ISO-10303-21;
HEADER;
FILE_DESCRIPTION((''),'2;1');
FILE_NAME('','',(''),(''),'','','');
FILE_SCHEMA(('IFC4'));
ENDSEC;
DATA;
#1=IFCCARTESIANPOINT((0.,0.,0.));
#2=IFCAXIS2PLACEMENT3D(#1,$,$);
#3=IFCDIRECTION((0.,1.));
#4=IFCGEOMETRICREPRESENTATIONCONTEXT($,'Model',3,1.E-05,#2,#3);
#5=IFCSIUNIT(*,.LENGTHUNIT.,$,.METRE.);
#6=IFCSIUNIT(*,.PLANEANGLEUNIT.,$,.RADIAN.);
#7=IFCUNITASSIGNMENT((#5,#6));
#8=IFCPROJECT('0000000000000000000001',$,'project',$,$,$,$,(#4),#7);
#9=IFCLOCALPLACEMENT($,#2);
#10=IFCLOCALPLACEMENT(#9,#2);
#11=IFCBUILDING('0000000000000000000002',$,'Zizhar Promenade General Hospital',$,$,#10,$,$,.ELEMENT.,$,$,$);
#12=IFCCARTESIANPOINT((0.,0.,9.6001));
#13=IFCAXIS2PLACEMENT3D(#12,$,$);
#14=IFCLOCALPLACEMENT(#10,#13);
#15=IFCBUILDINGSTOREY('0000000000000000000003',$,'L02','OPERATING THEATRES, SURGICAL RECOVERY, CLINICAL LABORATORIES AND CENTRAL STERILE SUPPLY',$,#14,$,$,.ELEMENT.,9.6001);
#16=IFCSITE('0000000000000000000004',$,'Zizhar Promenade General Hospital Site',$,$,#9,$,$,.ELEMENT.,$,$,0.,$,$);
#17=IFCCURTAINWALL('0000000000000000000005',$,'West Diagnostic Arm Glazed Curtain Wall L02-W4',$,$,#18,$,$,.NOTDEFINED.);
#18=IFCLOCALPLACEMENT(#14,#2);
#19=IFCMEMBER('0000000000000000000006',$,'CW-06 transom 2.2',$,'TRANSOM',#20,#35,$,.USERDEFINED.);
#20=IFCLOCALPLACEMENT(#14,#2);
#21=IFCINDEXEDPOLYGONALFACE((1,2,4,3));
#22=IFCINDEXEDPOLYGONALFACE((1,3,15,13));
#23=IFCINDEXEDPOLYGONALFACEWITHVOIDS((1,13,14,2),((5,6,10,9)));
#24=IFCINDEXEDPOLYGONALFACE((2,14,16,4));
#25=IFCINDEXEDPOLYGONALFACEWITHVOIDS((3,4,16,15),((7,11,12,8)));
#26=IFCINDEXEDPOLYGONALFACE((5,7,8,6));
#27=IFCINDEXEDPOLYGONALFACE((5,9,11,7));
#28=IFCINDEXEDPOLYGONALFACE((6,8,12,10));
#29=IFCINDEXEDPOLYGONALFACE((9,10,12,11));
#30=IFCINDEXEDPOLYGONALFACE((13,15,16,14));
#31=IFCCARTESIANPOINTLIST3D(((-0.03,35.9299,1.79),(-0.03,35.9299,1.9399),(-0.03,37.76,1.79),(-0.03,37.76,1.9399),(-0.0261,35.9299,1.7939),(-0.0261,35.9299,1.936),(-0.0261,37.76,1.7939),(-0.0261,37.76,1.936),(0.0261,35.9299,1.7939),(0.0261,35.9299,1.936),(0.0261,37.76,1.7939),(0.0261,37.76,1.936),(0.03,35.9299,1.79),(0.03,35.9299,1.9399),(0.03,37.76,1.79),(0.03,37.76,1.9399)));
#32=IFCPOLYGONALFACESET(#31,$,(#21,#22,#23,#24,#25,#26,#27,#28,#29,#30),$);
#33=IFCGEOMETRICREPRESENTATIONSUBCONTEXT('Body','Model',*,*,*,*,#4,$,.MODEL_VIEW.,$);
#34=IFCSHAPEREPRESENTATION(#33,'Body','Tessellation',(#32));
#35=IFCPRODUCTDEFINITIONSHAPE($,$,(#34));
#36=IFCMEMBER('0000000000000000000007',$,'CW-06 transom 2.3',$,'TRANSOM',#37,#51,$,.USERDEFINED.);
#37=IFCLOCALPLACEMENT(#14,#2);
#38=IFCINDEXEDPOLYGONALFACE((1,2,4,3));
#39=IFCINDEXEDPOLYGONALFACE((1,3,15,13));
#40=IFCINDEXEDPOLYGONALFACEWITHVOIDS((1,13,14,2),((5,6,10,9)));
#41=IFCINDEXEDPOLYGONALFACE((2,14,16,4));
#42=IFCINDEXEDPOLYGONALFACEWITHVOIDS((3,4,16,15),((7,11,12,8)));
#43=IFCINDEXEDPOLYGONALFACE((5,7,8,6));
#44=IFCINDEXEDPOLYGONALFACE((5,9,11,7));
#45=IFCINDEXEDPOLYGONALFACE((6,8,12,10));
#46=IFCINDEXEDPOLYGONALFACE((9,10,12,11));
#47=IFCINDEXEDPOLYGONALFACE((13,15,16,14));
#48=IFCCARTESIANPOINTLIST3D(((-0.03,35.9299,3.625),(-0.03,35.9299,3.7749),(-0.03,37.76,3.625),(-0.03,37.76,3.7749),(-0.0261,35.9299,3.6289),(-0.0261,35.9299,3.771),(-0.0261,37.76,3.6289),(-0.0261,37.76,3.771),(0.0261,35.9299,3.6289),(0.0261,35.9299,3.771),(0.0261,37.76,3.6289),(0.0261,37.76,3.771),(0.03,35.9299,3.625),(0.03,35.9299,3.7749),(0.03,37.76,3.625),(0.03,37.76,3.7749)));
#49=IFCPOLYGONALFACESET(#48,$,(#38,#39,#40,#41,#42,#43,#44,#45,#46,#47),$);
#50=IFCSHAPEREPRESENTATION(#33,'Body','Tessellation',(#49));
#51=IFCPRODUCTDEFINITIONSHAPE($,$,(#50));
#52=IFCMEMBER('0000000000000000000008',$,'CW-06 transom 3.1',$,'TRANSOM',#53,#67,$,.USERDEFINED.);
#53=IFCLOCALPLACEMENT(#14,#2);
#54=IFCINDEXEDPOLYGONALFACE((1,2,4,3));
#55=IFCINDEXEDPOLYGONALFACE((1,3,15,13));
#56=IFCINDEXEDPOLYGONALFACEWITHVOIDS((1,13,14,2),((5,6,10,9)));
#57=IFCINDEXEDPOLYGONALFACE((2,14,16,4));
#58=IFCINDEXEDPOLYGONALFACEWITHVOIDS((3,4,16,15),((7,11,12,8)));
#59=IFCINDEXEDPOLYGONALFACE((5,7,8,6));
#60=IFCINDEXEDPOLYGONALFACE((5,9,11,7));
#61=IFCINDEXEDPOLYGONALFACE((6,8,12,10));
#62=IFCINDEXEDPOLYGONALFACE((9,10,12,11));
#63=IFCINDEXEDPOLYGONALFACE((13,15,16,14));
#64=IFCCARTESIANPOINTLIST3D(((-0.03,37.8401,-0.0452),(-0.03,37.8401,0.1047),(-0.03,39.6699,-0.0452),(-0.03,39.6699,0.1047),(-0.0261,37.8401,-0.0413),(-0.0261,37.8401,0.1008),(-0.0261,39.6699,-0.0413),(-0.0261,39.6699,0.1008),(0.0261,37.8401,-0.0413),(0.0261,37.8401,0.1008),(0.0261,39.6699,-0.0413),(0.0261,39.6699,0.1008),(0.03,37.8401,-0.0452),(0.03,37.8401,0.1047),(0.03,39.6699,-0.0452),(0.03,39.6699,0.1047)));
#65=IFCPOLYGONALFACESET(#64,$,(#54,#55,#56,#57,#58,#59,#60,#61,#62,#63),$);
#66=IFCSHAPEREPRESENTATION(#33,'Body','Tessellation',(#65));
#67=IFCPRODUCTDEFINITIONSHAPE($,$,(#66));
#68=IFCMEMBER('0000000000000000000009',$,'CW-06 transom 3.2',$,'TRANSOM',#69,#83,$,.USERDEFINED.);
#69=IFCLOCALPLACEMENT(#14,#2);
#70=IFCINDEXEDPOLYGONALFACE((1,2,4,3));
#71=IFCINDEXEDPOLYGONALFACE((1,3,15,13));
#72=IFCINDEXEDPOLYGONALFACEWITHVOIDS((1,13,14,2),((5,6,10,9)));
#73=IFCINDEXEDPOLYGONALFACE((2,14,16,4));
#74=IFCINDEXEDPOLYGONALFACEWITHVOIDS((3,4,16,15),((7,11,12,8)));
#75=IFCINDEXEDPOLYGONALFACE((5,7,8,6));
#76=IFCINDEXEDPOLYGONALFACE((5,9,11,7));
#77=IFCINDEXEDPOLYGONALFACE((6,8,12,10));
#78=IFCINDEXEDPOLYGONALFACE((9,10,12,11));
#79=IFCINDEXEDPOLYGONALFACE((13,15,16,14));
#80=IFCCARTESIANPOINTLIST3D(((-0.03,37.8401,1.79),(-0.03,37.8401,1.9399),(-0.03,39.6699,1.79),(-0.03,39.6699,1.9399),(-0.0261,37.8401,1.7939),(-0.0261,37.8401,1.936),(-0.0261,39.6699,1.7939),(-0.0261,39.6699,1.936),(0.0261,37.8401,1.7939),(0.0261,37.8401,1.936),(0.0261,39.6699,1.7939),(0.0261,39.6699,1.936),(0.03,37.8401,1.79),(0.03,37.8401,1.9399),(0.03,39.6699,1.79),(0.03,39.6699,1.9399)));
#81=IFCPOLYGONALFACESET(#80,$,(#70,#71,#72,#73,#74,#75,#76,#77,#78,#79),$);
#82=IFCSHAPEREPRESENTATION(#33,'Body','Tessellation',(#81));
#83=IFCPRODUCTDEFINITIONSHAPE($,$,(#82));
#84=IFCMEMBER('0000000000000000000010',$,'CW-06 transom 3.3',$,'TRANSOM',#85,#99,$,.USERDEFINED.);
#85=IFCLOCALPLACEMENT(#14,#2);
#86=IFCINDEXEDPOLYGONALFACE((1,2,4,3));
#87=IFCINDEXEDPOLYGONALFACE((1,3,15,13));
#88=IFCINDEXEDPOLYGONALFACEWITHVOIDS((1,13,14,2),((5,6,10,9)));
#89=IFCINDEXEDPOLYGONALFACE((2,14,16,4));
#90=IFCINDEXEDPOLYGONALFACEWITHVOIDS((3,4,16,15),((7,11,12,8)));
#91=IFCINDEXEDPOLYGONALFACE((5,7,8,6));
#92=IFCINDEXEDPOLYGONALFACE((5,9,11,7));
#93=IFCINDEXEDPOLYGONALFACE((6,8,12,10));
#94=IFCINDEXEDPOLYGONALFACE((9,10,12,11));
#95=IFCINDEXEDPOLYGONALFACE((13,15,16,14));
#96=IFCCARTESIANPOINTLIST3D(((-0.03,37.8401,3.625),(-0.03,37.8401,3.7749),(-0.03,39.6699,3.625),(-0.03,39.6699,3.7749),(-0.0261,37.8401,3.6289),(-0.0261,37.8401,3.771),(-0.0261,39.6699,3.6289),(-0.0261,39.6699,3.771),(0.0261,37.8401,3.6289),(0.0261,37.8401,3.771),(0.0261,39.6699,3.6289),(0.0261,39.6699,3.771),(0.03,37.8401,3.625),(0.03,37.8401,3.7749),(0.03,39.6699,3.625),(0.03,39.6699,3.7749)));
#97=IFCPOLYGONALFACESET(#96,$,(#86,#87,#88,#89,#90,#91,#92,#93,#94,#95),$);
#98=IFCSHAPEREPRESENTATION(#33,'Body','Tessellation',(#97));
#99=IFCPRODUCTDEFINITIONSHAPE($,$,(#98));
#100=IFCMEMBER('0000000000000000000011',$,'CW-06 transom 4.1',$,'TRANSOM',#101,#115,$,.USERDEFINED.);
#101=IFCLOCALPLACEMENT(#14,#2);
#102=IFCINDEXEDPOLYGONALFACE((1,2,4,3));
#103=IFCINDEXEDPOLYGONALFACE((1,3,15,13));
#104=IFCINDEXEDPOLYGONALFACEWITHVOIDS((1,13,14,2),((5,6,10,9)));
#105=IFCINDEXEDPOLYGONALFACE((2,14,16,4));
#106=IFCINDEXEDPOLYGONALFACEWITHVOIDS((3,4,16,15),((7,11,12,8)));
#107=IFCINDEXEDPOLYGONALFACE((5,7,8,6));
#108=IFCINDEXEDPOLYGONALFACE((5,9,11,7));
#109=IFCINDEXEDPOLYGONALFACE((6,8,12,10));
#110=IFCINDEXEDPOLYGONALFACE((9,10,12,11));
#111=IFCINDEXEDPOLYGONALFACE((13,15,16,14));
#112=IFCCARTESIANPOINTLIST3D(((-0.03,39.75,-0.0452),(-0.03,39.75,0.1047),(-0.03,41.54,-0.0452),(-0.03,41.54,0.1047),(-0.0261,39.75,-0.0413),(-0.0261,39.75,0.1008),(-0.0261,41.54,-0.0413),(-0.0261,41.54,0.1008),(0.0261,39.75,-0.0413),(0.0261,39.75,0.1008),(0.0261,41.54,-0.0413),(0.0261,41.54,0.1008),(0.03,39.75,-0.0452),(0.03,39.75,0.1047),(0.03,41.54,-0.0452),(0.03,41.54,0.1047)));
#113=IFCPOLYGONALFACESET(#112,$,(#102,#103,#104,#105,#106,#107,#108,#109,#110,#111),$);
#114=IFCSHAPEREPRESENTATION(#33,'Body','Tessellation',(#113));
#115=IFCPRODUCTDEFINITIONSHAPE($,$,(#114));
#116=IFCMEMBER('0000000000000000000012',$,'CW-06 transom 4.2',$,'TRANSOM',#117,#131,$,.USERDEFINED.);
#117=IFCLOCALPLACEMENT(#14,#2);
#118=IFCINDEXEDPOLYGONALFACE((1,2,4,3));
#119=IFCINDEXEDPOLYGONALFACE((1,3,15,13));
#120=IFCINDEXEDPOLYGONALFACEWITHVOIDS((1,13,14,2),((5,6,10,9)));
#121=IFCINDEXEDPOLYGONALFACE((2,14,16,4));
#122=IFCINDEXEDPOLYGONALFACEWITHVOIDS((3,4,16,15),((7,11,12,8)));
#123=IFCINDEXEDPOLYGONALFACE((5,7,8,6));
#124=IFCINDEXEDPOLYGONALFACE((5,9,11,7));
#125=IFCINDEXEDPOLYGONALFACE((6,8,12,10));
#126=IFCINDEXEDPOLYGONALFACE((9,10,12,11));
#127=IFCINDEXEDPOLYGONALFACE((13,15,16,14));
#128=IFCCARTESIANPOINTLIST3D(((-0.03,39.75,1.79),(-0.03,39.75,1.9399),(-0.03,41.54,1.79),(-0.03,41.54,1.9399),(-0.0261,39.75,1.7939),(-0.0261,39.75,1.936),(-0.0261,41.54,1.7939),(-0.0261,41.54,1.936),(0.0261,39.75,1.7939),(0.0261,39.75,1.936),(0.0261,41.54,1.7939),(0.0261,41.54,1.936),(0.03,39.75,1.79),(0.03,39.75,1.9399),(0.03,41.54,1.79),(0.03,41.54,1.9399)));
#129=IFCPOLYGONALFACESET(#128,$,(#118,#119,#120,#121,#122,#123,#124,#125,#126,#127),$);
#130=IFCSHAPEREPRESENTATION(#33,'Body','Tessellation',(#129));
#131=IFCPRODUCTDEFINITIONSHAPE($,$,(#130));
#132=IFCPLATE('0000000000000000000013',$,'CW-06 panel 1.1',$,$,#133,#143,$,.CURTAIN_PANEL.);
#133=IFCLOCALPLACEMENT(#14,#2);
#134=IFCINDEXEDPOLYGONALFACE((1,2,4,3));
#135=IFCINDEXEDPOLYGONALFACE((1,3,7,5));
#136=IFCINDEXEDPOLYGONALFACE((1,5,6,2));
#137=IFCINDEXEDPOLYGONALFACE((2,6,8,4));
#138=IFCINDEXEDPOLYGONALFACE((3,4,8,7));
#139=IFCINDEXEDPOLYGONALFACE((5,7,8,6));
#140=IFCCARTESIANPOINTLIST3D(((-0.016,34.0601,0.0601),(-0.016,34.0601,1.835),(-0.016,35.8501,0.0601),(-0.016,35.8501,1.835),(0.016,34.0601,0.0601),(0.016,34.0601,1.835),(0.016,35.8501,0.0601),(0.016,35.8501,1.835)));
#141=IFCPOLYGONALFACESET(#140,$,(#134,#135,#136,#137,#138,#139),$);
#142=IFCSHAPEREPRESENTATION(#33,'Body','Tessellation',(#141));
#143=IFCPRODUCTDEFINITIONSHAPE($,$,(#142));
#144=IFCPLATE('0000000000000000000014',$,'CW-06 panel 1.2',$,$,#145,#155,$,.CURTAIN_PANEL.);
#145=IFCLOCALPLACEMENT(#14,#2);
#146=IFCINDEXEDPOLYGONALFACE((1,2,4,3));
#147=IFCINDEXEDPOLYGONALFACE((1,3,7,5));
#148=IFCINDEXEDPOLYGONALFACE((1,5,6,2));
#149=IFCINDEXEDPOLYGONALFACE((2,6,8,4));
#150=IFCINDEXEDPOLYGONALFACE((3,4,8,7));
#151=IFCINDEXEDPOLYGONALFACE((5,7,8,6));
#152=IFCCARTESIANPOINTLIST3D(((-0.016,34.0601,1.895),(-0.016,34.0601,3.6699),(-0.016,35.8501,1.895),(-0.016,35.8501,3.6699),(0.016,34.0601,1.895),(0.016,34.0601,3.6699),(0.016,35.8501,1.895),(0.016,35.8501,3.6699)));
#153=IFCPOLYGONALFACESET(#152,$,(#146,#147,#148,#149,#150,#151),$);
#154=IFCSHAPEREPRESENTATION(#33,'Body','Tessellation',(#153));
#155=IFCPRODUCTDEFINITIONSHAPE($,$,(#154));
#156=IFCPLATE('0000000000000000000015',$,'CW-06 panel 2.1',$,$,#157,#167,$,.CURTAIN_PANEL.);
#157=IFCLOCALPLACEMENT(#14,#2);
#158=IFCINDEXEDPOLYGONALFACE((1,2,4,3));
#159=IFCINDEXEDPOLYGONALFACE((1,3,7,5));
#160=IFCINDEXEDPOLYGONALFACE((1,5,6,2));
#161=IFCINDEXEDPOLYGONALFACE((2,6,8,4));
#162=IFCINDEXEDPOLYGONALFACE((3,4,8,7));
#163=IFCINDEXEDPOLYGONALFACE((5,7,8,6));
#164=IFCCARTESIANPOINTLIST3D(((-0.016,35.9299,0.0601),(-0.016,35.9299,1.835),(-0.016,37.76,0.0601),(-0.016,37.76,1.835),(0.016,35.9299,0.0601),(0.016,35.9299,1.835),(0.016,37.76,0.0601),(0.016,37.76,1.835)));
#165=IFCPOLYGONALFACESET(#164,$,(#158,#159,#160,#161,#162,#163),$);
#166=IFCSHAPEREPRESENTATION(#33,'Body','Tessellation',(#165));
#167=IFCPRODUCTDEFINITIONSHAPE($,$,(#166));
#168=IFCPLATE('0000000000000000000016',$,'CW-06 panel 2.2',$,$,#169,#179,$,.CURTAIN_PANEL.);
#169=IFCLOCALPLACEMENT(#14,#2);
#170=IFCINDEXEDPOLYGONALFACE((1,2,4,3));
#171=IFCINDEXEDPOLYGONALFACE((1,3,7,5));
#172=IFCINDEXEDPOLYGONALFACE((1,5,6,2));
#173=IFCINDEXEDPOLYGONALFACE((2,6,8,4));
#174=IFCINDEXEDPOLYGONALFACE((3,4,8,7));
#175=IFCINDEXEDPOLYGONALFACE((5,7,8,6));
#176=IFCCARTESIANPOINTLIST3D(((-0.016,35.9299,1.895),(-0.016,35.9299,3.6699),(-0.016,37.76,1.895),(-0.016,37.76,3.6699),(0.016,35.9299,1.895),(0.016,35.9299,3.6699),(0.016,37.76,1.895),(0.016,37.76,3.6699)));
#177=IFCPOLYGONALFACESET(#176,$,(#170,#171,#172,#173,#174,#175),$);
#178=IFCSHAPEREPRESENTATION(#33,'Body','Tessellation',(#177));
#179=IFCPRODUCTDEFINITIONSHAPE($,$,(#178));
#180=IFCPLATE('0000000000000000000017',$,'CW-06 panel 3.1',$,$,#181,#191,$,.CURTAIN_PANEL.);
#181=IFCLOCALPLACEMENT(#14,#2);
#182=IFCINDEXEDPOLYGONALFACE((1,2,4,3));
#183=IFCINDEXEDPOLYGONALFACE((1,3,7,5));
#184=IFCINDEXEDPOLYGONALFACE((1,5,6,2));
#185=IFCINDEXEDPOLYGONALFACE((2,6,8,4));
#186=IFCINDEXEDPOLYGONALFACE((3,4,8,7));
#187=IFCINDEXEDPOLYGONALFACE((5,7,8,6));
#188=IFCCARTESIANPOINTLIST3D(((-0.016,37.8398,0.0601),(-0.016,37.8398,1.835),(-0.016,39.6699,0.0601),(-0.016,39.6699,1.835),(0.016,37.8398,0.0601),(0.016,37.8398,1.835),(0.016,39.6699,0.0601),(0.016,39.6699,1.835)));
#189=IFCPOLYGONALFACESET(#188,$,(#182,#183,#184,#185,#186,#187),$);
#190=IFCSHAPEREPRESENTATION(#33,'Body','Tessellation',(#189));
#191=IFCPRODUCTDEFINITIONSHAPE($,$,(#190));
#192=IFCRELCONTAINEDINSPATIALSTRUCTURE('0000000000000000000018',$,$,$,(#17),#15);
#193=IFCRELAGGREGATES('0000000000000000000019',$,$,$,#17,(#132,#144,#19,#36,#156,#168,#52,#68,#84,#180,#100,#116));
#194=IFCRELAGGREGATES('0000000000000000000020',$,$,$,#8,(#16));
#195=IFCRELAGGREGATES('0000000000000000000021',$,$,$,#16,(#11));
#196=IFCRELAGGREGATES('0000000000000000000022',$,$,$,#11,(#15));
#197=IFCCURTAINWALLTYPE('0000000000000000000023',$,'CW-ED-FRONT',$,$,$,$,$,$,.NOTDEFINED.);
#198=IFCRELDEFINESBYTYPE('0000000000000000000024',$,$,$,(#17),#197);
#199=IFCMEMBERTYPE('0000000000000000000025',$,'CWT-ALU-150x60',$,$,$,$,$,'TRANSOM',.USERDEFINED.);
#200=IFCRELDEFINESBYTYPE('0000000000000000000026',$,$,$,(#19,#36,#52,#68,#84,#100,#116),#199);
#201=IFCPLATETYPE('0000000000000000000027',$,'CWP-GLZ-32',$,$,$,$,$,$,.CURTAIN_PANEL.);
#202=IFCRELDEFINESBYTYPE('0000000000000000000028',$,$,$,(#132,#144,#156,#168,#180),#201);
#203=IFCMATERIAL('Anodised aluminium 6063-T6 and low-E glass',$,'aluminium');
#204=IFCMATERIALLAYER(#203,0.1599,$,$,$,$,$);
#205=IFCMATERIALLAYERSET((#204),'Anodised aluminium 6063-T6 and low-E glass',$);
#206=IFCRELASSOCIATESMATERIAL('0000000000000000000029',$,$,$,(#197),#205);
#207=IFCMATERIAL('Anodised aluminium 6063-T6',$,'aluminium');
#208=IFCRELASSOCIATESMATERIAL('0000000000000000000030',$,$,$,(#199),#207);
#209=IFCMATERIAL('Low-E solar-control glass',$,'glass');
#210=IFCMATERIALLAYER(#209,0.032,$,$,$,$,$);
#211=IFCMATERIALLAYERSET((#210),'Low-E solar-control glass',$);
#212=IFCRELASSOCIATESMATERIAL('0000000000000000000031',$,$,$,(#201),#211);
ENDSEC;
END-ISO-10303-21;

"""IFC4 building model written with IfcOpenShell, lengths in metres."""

from ifc_helpers import new_model, si_unit, direction, frame, origin, origin_2d, place, context, subcontext, project, spatial, rectangle, hollow_rectangle, extrude, material, layer, layer_set, material_profile, profile_set, type_object, element, aggregate, save


model = new_model("IFC4")

# Units and contexts
model_context = context("Model", 3, precision=1e-05, world=origin(), true_north=direction((0.0, 1.0)))
body_context = subcontext(model_context, "Body", "Model", "MODEL_VIEW")
ifc_project = project(units=[si_unit("LENGTHUNIT", "METRE"), si_unit("PLANEANGLEUNIT", "RADIAN")], contexts=[model_context])

# Site, building, storey
site_placement = place(None, origin())
site = spatial("IfcSite", under=ifc_project, at=site_placement, Name="Zizhar Promenade General Hospital Site", CompositionType="ELEMENT", RefElevation=0.0)
building_placement = place(site_placement, origin())
building = spatial("IfcBuilding", under=site, at=building_placement, Name="Zizhar Promenade General Hospital", CompositionType="ELEMENT")
storey_placement = place(building_placement, frame((0.0, 0.0, 9.6001)))
storey = spatial("IfcBuildingStorey", under=building, at=storey_placement, Name="L02", Description="OPERATING THEATRES, SURGICAL RECOVERY, CLINICAL LABORATORIES AND CENTRAL STERILE SUPPLY", CompositionType="ELEMENT", Elevation=9.6001)

# Shared definitions
ifc_material_1 = material(Name="Anodised aluminium 6063-T6 and low-E glass", Category="aluminium")
ifc_layer_1 = layer(ifc_material_1, 0.1599)
ifc_layer_set_1 = layer_set([ifc_layer_1], Name="Anodised aluminium 6063-T6 and low-E glass")
curtain_wall_type = type_object("IfcCurtainWallType", Name="CW-ED-FRONT", PredefinedType="NOTDEFINED", material=ifc_layer_set_1)

# Curtain wall, members, plates
curtain_wall_1_placement = place(storey_placement, origin())
curtain_wall_1 = element("IfcCurtainWall", 1, at=curtain_wall_1_placement, inside=storey, type_object=curtain_wall_type, Name="West Diagnostic Arm Glazed Curtain Wall L02-W4", PredefinedType="NOTDEFINED")
ifc_material_2 = material(Name="Anodised aluminium 6063-T6", Category="aluminium")
ifc_material_profile_1 = material_profile(ifc_material_2, hollow_rectangle(XDim=0.0601, YDim=0.1499, WallThickness=0.0039, at=origin_2d()))
ifc_profile_set_1 = profile_set([ifc_material_profile_1], Name="Anodised aluminium 6063-T6")
member_type_1 = type_object("IfcMemberType", Name="CWT-ALU-150x60", ElementType="TRANSOM", PredefinedType="USERDEFINED", material=ifc_profile_set_1)
member_1_placement = place(storey_placement, frame((0.0, 35.9299, 1.865), z_axis=(0.0, 1.0, 0.0), x_axis=(-1.0, 0.0, 0.0)))
member_1 = element("IfcMember", 2, at=member_1_placement, type_object=member_type_1, Name="CW-06 transom 2.2", ObjectType="TRANSOM", PredefinedType="USERDEFINED", context=body_context, shape_type="SweptSolid", body=[
    extrude(hollow_rectangle(XDim=0.0601, YDim=0.1499, WallThickness=0.0039, at=origin_2d()), origin(), (0.0, 0.0, 1.0), 1.8301),
])
member_2_placement = place(storey_placement, frame((0.0, 35.9299, 3.7), z_axis=(0.0, 1.0, 0.0), x_axis=(-1.0, 0.0, 0.0)))
member_2 = element("IfcMember", 3, at=member_2_placement, type_object=member_type_1, Name="CW-06 transom 2.3", ObjectType="TRANSOM", PredefinedType="USERDEFINED", context=body_context, shape_type="SweptSolid", body=[
    extrude(hollow_rectangle(XDim=0.0601, YDim=0.1499, WallThickness=0.0039, at=origin_2d()), origin(), (0.0, 0.0, 1.0), 1.8301),
])
member_3_placement = place(storey_placement, frame((0.0, 37.8401, 0.0298), z_axis=(0.0, 1.0, 0.0), x_axis=(-1.0, 0.0, 0.0)))
member_3 = element("IfcMember", 4, at=member_3_placement, type_object=member_type_1, Name="CW-06 transom 3.1", ObjectType="TRANSOM", PredefinedType="USERDEFINED", context=body_context, shape_type="SweptSolid", body=[
    extrude(hollow_rectangle(XDim=0.0601, YDim=0.1499, WallThickness=0.0039, at=origin_2d()), origin(), (0.0, 0.0, 1.0), 1.8298),
])
member_4_placement = place(storey_placement, frame((0.0, 37.8401, 1.865), z_axis=(0.0, 1.0, 0.0), x_axis=(-1.0, 0.0, 0.0)))
member_4 = element("IfcMember", 5, at=member_4_placement, type_object=member_type_1, Name="CW-06 transom 3.2", ObjectType="TRANSOM", PredefinedType="USERDEFINED", context=body_context, shape_type="SweptSolid", body=[
    extrude(hollow_rectangle(XDim=0.0601, YDim=0.1499, WallThickness=0.0039, at=origin_2d()), origin(), (0.0, 0.0, 1.0), 1.8298),
])
member_5_placement = place(storey_placement, frame((0.0, 37.8401, 3.7), z_axis=(0.0, 1.0, 0.0), x_axis=(-1.0, 0.0, 0.0)))
member_5 = element("IfcMember", 6, at=member_5_placement, type_object=member_type_1, Name="CW-06 transom 3.3", ObjectType="TRANSOM", PredefinedType="USERDEFINED", context=body_context, shape_type="SweptSolid", body=[
    extrude(hollow_rectangle(XDim=0.0601, YDim=0.1499, WallThickness=0.0039, at=origin_2d()), origin(), (0.0, 0.0, 1.0), 1.8298),
])
member_6_placement = place(storey_placement, frame((0.0, 39.75, 0.0298), z_axis=(0.0, 1.0, 0.0), x_axis=(-1.0, 0.0, 0.0)))
member_6 = element("IfcMember", 7, at=member_6_placement, type_object=member_type_1, Name="CW-06 transom 4.1", ObjectType="TRANSOM", PredefinedType="USERDEFINED", context=body_context, shape_type="SweptSolid", body=[
    extrude(hollow_rectangle(XDim=0.0601, YDim=0.1499, WallThickness=0.0039, at=origin_2d()), origin(), (0.0, 0.0, 1.0), 1.79),
])
member_7_placement = place(storey_placement, frame((0.0, 39.75, 1.865), z_axis=(0.0, 1.0, 0.0), x_axis=(-1.0, 0.0, 0.0)))
member_7 = element("IfcMember", 8, at=member_7_placement, type_object=member_type_1, Name="CW-06 transom 4.2", ObjectType="TRANSOM", PredefinedType="USERDEFINED", context=body_context, shape_type="SweptSolid", body=[
    extrude(hollow_rectangle(XDim=0.0601, YDim=0.1499, WallThickness=0.0039, at=origin_2d()), origin(), (0.0, 0.0, 1.0), 1.79),
])
ifc_material_3 = material(Name="Low-E solar-control glass", Category="glass")
ifc_layer_2 = layer(ifc_material_3, 0.032)
ifc_layer_set_2 = layer_set([ifc_layer_2], Name="Low-E solar-control glass")
plate_type = type_object("IfcPlateType", Name="CWP-GLZ-32", PredefinedType="CURTAIN_PANEL", material=ifc_layer_set_2)
plate_1_placement = place(storey_placement, frame((0.0, 34.9551, 0.0601), z_axis=(0.0, 0.0, 1.0), x_axis=(0.0, 1.0, 0.0)))
plate_1 = element("IfcPlate", 9, at=plate_1_placement, type_object=plate_type, Name="CW-06 panel 1.1", PredefinedType="CURTAIN_PANEL", context=body_context, shape_type="SweptSolid", body=[
    extrude(rectangle(XDim=1.79, YDim=0.032, at=origin_2d()), origin(), (0.0, 0.0, 1.0), 1.7749),
])
plate_2_placement = place(storey_placement, frame((0.0, 34.9551, 1.895), z_axis=(0.0, 0.0, 1.0), x_axis=(0.0, 1.0, 0.0)))
plate_2 = element("IfcPlate", 10, at=plate_2_placement, type_object=plate_type, Name="CW-06 panel 1.2", PredefinedType="CURTAIN_PANEL", context=body_context, shape_type="SweptSolid", body=[
    extrude(rectangle(XDim=1.79, YDim=0.032, at=origin_2d()), origin(), (0.0, 0.0, 1.0), 1.7749),
])
plate_3_placement = place(storey_placement, frame((0.0, 36.845, 0.0601), z_axis=(0.0, 0.0, 1.0), x_axis=(0.0, 1.0, 0.0)))
plate_3 = element("IfcPlate", 11, at=plate_3_placement, type_object=plate_type, Name="CW-06 panel 2.1", PredefinedType="CURTAIN_PANEL", context=body_context, shape_type="SweptSolid", body=[
    extrude(rectangle(XDim=1.8301, YDim=0.032, at=origin_2d()), origin(), (0.0, 0.0, 1.0), 1.7749),
])
plate_4_placement = place(storey_placement, frame((0.0, 36.845, 1.895), z_axis=(0.0, 0.0, 1.0), x_axis=(0.0, 1.0, 0.0)))
plate_4 = element("IfcPlate", 12, at=plate_4_placement, type_object=plate_type, Name="CW-06 panel 2.2", PredefinedType="CURTAIN_PANEL", context=body_context, shape_type="SweptSolid", body=[
    extrude(rectangle(XDim=1.8301, YDim=0.032, at=origin_2d()), origin(), (0.0, 0.0, 1.0), 1.7749),
])
plate_5_placement = place(storey_placement, frame((0.0, 38.7549, 0.0601), z_axis=(0.0, 0.0, 1.0), x_axis=(0.0, 1.0, 0.0)))
plate_5 = element("IfcPlate", 13, at=plate_5_placement, type_object=plate_type, Name="CW-06 panel 3.1", PredefinedType="CURTAIN_PANEL", context=body_context, shape_type="SweptSolid", body=[
    extrude(rectangle(XDim=1.8301, YDim=0.032, at=origin_2d()), origin(), (0.0, 0.0, 1.0), 1.7749),
])
aggregate(curtain_wall_1, [plate_1, plate_2, member_1, member_2, plate_3, plate_4, member_3, member_4, member_5, plate_5, member_6, member_7])

save(model, "model.ifc")
